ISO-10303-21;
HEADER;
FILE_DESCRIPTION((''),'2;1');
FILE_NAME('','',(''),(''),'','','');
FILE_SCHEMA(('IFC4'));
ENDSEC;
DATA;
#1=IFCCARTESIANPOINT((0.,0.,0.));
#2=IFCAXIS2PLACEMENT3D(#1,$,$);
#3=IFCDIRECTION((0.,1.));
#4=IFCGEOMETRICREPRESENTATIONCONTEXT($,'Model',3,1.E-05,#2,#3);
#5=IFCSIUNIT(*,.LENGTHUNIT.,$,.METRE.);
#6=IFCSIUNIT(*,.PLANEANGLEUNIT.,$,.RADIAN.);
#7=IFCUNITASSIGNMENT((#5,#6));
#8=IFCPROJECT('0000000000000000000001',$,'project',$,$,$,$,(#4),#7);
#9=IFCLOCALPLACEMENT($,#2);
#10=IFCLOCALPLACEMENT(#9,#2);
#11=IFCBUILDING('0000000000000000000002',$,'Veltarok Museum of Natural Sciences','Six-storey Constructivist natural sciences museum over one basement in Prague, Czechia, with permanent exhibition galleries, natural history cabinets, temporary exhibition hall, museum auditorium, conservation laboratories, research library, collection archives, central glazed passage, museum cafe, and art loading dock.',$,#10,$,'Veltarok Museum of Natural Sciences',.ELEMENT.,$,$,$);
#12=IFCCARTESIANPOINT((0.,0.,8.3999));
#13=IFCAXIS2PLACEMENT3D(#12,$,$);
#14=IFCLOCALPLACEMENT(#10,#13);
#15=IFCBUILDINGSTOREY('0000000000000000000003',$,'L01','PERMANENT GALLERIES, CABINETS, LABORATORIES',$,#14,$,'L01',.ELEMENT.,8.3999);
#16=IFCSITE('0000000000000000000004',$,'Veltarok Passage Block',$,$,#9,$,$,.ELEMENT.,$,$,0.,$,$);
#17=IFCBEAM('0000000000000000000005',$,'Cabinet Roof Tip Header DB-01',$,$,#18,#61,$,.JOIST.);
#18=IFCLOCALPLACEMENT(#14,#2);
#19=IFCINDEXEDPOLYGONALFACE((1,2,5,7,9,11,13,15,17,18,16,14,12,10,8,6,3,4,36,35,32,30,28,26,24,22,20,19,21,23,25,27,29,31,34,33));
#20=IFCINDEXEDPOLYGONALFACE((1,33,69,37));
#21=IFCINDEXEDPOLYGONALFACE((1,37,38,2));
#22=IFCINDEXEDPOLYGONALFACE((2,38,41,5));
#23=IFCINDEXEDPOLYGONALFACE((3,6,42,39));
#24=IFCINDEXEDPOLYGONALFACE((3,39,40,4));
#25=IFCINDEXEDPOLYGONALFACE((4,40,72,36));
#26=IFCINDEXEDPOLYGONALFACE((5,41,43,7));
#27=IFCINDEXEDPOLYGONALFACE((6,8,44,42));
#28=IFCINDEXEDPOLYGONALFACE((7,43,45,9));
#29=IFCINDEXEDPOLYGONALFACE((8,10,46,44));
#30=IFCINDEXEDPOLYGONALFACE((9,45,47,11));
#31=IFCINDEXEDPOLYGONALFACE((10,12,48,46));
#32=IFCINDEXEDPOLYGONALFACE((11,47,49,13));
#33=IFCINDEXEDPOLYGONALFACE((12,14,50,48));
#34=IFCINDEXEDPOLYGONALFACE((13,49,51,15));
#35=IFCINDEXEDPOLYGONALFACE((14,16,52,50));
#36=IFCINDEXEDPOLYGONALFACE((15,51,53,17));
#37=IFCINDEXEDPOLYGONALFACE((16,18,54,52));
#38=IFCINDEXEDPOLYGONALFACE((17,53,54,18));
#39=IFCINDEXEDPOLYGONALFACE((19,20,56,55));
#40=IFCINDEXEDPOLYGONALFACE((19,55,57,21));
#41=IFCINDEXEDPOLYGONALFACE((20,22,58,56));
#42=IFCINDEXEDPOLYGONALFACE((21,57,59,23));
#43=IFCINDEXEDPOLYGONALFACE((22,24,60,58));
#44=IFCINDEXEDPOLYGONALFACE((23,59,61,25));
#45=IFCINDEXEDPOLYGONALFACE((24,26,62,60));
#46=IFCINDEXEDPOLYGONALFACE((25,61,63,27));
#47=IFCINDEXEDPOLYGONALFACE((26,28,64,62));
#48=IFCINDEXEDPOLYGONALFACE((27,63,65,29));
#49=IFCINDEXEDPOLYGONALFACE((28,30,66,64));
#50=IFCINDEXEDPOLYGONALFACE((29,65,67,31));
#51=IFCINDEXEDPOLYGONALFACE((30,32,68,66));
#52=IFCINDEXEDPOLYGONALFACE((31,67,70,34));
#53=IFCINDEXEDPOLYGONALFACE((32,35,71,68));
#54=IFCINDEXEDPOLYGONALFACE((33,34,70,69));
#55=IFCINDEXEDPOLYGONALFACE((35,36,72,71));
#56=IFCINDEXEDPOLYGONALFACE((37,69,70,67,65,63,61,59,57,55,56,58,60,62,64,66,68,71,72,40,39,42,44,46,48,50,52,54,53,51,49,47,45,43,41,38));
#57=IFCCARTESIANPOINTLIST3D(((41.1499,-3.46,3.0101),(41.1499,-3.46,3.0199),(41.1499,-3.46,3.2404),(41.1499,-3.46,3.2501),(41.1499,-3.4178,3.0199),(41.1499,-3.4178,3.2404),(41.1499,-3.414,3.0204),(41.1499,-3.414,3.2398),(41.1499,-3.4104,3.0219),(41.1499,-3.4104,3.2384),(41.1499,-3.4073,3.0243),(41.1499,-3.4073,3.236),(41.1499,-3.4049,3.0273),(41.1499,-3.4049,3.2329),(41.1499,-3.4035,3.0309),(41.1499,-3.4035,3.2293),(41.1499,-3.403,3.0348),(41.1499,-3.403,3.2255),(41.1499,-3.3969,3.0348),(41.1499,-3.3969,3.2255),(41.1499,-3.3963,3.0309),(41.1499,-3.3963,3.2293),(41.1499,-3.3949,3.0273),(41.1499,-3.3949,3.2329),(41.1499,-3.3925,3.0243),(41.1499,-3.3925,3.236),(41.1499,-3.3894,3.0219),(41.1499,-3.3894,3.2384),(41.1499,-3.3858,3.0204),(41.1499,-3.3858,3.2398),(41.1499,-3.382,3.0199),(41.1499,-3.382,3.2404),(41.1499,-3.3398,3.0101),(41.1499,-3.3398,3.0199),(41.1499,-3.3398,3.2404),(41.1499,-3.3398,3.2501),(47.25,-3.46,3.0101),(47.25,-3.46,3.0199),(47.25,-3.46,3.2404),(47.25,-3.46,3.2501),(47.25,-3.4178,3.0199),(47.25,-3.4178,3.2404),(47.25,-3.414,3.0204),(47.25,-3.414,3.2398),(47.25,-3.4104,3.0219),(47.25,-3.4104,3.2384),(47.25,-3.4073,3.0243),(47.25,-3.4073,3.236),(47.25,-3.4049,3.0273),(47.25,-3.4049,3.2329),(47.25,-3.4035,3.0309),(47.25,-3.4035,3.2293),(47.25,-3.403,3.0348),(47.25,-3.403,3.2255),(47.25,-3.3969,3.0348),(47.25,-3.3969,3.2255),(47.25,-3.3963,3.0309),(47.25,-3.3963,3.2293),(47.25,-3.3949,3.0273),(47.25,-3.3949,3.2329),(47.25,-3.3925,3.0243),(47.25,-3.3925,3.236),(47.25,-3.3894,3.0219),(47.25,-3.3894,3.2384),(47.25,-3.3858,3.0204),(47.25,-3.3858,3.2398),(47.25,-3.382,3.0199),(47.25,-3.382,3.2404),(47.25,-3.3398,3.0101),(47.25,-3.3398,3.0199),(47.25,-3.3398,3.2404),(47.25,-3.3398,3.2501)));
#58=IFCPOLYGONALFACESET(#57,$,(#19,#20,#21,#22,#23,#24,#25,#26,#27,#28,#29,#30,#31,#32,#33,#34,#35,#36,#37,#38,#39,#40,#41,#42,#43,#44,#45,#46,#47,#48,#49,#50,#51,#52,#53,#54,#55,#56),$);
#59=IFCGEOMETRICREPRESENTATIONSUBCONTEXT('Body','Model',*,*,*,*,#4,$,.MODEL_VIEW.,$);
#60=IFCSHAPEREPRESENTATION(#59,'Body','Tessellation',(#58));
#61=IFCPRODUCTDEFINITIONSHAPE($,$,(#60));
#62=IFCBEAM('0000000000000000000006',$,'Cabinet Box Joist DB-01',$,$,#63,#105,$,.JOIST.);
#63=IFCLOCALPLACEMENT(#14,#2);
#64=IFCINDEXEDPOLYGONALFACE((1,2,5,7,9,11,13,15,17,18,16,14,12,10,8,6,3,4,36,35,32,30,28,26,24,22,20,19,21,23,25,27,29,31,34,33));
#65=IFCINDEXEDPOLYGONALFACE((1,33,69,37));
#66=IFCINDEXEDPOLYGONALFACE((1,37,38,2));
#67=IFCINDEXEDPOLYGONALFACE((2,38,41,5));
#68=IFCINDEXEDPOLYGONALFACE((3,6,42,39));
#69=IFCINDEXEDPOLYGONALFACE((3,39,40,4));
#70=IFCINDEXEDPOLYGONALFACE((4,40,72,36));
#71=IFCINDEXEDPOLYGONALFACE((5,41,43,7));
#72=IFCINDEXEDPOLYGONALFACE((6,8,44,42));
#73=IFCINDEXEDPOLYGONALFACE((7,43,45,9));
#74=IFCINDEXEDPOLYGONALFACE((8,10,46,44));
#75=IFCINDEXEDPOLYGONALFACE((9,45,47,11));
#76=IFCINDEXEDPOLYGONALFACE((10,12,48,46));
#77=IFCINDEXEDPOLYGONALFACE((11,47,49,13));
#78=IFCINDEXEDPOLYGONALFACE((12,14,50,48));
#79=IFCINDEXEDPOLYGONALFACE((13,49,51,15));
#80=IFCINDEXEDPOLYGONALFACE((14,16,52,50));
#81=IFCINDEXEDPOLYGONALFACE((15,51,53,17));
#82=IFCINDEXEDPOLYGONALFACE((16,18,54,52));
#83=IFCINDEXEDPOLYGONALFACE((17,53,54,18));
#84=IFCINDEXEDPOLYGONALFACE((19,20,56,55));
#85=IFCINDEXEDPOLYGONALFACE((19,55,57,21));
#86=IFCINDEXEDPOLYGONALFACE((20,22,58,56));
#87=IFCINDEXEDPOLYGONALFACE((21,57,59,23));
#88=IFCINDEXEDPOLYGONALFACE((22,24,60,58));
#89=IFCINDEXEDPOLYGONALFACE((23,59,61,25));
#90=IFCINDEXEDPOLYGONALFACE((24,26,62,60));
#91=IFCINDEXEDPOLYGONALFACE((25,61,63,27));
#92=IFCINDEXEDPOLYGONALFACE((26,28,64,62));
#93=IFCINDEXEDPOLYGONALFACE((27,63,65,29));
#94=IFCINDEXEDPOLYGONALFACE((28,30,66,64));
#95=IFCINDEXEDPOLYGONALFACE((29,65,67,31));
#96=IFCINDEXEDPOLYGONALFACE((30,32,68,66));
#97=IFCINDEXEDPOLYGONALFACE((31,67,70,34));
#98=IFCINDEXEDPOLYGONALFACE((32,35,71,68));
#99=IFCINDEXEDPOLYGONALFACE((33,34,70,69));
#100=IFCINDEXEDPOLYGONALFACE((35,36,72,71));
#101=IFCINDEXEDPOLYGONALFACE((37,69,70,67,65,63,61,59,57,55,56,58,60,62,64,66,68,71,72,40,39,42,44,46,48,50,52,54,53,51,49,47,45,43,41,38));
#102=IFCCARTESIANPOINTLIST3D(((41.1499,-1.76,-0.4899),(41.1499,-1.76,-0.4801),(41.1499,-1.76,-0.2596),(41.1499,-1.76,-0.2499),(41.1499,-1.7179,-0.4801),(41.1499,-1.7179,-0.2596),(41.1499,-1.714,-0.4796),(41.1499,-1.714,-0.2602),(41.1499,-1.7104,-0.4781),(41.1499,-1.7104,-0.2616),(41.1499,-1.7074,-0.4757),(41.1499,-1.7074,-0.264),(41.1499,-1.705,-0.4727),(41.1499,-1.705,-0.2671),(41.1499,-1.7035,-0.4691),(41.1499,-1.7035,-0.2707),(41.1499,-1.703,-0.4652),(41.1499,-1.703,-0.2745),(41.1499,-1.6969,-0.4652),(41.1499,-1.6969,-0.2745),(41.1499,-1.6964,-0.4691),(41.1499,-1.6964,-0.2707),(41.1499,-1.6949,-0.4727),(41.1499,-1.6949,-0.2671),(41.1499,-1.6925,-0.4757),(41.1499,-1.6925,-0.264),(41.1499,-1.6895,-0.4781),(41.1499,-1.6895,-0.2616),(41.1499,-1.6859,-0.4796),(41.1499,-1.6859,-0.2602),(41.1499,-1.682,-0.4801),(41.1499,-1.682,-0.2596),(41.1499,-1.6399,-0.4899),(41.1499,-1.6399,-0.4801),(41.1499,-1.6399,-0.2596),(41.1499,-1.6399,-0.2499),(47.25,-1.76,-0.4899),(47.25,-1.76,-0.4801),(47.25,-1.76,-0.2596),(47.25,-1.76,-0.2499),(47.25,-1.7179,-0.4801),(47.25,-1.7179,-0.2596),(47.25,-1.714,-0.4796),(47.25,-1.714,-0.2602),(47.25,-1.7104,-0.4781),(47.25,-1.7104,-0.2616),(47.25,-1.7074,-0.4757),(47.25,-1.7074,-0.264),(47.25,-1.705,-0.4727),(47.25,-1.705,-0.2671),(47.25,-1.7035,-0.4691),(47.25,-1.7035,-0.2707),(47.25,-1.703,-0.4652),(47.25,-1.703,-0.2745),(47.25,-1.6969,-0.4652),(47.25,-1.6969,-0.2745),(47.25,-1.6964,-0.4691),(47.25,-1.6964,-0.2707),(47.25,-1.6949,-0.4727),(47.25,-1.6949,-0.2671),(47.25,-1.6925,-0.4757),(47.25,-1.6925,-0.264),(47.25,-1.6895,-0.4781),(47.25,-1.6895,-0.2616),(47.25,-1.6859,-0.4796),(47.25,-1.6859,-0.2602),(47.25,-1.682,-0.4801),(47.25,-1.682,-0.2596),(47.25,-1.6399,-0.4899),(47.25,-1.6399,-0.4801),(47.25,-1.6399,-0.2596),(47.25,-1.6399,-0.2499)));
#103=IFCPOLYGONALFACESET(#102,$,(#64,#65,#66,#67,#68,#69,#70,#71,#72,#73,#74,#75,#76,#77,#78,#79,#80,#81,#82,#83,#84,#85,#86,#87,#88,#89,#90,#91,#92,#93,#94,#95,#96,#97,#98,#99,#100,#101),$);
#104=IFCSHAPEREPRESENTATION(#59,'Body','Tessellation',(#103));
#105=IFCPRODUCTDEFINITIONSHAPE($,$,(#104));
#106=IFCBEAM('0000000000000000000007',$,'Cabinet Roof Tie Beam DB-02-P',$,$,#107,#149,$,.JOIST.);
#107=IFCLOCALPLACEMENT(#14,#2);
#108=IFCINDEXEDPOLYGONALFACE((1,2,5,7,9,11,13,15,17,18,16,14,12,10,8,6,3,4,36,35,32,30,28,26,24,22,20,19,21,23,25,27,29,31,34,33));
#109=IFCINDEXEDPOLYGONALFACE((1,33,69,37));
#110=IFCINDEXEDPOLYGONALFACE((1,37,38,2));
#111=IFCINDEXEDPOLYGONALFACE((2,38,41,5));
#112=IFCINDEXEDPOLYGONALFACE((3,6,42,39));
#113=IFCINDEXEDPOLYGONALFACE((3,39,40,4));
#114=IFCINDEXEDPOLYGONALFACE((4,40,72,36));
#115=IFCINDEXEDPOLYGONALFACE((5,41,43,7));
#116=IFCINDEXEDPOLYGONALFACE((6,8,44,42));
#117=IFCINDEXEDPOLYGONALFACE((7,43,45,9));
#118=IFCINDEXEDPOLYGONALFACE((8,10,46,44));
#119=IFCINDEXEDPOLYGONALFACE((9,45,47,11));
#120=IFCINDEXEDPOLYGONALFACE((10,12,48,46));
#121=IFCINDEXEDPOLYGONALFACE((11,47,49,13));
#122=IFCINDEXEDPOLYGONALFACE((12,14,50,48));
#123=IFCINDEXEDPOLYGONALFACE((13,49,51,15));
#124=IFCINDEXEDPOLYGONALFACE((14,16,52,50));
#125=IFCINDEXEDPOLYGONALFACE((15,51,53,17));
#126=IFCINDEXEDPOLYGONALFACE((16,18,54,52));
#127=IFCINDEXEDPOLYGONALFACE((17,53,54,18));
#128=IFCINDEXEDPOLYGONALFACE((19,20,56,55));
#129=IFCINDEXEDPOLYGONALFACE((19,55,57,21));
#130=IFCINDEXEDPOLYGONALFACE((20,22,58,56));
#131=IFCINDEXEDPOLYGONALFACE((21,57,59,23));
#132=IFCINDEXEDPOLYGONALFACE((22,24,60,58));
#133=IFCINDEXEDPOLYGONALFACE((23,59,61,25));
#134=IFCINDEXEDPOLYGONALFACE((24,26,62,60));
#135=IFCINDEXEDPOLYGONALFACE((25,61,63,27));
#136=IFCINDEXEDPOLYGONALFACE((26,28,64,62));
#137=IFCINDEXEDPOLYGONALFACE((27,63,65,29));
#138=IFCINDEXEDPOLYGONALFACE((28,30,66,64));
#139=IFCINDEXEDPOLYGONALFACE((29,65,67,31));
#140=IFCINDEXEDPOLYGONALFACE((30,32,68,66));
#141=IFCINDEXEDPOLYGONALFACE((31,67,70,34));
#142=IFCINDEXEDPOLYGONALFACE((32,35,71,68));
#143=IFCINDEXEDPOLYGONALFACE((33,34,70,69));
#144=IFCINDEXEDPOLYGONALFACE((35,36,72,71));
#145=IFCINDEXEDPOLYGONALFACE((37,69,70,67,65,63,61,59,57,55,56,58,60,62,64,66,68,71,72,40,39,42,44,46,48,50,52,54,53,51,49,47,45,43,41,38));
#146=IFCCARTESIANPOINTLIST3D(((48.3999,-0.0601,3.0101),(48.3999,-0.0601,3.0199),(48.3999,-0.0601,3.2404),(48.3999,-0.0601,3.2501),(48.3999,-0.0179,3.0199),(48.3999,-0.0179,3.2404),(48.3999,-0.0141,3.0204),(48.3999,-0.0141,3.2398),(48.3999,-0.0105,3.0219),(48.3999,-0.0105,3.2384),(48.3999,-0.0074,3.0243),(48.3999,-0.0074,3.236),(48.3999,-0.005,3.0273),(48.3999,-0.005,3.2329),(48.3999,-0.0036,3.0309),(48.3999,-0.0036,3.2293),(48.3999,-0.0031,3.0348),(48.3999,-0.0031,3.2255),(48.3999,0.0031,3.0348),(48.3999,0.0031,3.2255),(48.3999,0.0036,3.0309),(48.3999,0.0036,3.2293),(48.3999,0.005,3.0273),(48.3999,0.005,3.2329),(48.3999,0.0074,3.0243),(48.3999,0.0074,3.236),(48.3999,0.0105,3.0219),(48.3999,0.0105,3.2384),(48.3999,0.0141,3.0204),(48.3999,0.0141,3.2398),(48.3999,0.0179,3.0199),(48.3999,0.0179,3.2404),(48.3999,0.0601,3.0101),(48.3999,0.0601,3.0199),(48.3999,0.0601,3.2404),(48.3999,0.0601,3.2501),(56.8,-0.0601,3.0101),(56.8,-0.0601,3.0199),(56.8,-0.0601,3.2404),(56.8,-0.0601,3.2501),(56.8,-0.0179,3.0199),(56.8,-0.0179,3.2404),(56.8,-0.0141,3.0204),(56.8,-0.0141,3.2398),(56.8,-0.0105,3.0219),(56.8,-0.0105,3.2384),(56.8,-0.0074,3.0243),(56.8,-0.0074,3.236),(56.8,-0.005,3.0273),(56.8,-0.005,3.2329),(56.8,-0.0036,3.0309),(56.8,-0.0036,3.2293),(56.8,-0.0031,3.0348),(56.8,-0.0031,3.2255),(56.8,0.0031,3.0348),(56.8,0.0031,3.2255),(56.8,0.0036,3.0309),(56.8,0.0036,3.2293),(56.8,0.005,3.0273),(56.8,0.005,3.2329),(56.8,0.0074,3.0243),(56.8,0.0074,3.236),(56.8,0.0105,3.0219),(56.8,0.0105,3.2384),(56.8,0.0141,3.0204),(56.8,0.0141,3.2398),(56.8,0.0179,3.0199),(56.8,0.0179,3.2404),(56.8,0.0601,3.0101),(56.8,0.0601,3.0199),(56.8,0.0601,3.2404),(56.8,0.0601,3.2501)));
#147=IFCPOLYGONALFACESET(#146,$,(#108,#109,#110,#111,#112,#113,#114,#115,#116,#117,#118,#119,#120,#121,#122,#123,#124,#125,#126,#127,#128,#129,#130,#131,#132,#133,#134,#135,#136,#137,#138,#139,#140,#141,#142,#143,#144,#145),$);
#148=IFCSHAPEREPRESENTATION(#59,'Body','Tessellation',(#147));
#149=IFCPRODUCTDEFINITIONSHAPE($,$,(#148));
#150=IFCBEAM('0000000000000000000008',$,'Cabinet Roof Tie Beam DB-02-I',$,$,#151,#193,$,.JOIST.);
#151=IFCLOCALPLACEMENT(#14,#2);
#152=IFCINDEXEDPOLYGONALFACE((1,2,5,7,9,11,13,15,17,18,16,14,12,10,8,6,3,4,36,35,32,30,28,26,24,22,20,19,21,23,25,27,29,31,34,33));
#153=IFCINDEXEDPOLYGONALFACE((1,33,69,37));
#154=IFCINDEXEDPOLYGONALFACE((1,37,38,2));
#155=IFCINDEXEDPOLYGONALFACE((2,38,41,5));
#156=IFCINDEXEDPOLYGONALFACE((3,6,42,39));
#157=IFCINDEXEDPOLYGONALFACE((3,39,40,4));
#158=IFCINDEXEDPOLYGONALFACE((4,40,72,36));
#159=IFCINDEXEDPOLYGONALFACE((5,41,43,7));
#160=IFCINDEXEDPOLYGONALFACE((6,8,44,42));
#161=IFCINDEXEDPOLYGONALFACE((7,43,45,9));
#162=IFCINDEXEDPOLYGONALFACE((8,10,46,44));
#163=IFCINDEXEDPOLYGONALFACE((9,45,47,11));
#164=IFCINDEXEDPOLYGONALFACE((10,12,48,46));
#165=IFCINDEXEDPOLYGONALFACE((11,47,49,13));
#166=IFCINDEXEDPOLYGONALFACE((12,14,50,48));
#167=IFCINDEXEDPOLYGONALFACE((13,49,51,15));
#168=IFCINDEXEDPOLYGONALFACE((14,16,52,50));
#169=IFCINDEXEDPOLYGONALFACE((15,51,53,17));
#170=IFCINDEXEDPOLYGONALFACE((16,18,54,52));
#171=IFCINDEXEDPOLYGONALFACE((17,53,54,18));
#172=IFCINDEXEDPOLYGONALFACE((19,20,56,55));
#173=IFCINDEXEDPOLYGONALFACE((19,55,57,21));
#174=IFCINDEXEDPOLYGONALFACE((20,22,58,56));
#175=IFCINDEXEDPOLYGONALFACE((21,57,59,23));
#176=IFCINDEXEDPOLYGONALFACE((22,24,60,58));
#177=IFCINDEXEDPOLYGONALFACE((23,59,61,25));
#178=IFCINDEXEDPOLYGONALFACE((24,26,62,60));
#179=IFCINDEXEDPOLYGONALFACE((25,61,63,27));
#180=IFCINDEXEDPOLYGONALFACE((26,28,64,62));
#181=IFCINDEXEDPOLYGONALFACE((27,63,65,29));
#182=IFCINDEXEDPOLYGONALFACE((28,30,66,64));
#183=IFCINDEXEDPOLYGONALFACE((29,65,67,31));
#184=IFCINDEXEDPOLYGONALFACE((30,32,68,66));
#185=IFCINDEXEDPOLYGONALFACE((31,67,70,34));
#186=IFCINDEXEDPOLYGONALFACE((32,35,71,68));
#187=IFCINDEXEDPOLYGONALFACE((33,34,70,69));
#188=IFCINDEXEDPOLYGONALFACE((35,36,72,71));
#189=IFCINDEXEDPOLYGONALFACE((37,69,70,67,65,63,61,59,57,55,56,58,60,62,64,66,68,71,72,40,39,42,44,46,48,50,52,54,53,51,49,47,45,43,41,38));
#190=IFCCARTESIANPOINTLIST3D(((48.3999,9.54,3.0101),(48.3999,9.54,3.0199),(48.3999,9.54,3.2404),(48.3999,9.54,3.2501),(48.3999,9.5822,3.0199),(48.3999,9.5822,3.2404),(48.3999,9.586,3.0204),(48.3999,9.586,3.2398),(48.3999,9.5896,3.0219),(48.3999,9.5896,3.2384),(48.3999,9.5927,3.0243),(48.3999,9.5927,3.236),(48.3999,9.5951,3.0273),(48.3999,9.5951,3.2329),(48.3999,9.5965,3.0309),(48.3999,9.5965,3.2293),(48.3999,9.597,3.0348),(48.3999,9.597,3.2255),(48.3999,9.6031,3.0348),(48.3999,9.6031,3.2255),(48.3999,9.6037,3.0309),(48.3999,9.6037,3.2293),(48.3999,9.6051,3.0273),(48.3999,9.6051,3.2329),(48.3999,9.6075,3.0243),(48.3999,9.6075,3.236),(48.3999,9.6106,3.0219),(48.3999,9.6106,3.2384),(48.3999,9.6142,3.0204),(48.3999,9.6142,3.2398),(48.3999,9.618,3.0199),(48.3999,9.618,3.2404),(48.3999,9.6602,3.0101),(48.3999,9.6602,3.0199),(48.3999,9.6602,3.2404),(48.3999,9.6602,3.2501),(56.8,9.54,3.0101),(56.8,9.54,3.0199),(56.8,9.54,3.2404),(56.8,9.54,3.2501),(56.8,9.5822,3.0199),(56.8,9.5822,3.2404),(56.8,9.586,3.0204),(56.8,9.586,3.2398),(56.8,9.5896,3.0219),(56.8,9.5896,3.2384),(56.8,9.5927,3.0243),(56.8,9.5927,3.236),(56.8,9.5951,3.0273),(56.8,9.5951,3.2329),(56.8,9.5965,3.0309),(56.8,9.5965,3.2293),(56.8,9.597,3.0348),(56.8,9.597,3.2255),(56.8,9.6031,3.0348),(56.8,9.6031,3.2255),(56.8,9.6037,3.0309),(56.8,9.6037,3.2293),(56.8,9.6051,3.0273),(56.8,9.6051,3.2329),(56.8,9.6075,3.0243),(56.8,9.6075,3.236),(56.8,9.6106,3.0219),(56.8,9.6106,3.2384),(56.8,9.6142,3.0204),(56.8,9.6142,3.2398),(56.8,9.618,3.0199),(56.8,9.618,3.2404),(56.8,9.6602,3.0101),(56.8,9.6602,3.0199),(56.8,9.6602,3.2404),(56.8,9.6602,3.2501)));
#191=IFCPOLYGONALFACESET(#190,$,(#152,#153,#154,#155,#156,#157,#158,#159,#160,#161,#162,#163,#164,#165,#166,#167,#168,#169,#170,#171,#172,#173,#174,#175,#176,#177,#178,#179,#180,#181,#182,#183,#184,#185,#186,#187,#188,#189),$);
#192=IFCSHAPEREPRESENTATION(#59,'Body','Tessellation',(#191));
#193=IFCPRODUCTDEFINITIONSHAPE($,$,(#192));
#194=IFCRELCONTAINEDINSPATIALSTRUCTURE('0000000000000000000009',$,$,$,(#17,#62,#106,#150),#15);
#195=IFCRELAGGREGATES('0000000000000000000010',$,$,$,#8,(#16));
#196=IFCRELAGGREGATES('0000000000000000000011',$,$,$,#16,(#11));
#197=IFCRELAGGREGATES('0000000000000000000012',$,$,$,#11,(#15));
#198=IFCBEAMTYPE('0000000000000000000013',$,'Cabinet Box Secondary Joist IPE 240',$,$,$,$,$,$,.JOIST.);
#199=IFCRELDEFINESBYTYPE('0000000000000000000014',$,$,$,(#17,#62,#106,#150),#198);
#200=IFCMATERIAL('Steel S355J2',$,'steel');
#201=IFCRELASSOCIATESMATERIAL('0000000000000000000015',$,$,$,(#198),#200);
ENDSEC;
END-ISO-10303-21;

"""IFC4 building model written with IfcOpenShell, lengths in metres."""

from ifc_helpers import new_model, si_unit, direction, frame, origin, origin_2d, place, context, subcontext, project, spatial, i_section, extrude, material, material_profile, profile_set, type_object, element, save


model = new_model("IFC4")

# Units and contexts
model_context = context("Model", 3, precision=1e-05, world=origin(), true_north=direction((0.0, 1.0)))
body_context = subcontext(model_context, "Body", "Model", "MODEL_VIEW")
ifc_project = project(units=[si_unit("LENGTHUNIT", "METRE"), si_unit("PLANEANGLEUNIT", "RADIAN")], contexts=[model_context])

# Site, building, storey
site_placement = place(None, origin())
site = spatial("IfcSite", under=ifc_project, at=site_placement, Name="Veltarok Passage Block", CompositionType="ELEMENT", RefElevation=0.0)
building_placement = place(site_placement, origin())
building = spatial("IfcBuilding", under=site, at=building_placement, Name="Veltarok Museum of Natural Sciences", Description="Six-storey Constructivist natural sciences museum over one basement in Prague, Czechia, with permanent exhibition galleries, natural history cabinets, temporary exhibition hall, museum auditorium, conservation laboratories, research library, collection archives, central glazed passage, museum cafe, and art loading dock.", LongName="Veltarok Museum of Natural Sciences", CompositionType="ELEMENT")
storey_placement = place(building_placement, frame((0.0, 0.0, 8.3999)))
storey = spatial("IfcBuildingStorey", under=building, at=storey_placement, Name="L01", Description="PERMANENT GALLERIES, CABINETS, LABORATORIES", LongName="L01", CompositionType="ELEMENT", Elevation=8.3999)

# Shared definitions
ifc_material_1 = material(Name="Steel S355J2", Category="steel")

# Beams
ifc_material_profile_1 = material_profile(ifc_material_1, i_section(OverallWidth=0.1201, OverallDepth=0.24, WebThickness=0.0061, FlangeThickness=0.0098, FilletRadius=0.0149, at=origin_2d()), Name="IPE 240")
ifc_profile_set_1 = profile_set([ifc_material_profile_1], Name="Steel S355J2")
beam_type_1 = type_object("IfcBeamType", Name="Cabinet Box Secondary Joist IPE 240", PredefinedType="JOIST", material=ifc_profile_set_1)
for number, where, z_axis, x_axis, name in (
    (1, (41.1499, -3.3999, 3.1301), (1.0, 0.0, 0.0), (0.0, 1.0, 0.0), "Cabinet Roof Tip Header DB-01"),
    (2, (41.1499, -1.7, -0.3699), (1.0, 0.0, 0.0), (0.0, 1.0, 0.0), "Cabinet Box Joist DB-01"),
):
    element("IfcBeam", number, at=place(storey_placement, frame(where, z_axis=z_axis, x_axis=x_axis)), inside=storey, type_object=beam_type_1, Name=name, PredefinedType="JOIST", context=body_context, shape_type="SweptSolid", body=[
        extrude(i_section(OverallWidth=0.1201, OverallDepth=0.24, WebThickness=0.0061, FlangeThickness=0.0098, FilletRadius=0.0149, at=origin_2d()), origin(), (0.0, 0.0, 1.0), 6.1001),
    ])
for number, where, z_axis, x_axis, name in (
    (3, (48.3999, 0.0, 3.1301), (1.0, 0.0, 0.0), (0.0, 1.0, 0.0), "Cabinet Roof Tie Beam DB-02-P"),
    (4, (48.3999, 9.6001, 3.1301), (1.0, 0.0, 0.0), (0.0, 1.0, 0.0), "Cabinet Roof Tie Beam DB-02-I"),
):
    element("IfcBeam", number, at=place(storey_placement, frame(where, z_axis=z_axis, x_axis=x_axis)), inside=storey, type_object=beam_type_1, Name=name, PredefinedType="JOIST", context=body_context, shape_type="SweptSolid", body=[
        extrude(i_section(OverallWidth=0.1201, OverallDepth=0.24, WebThickness=0.0061, FlangeThickness=0.0098, FilletRadius=0.0149, at=origin_2d()), origin(), (0.0, 0.0, 1.0), 8.4001),
    ])

save(model, "model.ifc")
